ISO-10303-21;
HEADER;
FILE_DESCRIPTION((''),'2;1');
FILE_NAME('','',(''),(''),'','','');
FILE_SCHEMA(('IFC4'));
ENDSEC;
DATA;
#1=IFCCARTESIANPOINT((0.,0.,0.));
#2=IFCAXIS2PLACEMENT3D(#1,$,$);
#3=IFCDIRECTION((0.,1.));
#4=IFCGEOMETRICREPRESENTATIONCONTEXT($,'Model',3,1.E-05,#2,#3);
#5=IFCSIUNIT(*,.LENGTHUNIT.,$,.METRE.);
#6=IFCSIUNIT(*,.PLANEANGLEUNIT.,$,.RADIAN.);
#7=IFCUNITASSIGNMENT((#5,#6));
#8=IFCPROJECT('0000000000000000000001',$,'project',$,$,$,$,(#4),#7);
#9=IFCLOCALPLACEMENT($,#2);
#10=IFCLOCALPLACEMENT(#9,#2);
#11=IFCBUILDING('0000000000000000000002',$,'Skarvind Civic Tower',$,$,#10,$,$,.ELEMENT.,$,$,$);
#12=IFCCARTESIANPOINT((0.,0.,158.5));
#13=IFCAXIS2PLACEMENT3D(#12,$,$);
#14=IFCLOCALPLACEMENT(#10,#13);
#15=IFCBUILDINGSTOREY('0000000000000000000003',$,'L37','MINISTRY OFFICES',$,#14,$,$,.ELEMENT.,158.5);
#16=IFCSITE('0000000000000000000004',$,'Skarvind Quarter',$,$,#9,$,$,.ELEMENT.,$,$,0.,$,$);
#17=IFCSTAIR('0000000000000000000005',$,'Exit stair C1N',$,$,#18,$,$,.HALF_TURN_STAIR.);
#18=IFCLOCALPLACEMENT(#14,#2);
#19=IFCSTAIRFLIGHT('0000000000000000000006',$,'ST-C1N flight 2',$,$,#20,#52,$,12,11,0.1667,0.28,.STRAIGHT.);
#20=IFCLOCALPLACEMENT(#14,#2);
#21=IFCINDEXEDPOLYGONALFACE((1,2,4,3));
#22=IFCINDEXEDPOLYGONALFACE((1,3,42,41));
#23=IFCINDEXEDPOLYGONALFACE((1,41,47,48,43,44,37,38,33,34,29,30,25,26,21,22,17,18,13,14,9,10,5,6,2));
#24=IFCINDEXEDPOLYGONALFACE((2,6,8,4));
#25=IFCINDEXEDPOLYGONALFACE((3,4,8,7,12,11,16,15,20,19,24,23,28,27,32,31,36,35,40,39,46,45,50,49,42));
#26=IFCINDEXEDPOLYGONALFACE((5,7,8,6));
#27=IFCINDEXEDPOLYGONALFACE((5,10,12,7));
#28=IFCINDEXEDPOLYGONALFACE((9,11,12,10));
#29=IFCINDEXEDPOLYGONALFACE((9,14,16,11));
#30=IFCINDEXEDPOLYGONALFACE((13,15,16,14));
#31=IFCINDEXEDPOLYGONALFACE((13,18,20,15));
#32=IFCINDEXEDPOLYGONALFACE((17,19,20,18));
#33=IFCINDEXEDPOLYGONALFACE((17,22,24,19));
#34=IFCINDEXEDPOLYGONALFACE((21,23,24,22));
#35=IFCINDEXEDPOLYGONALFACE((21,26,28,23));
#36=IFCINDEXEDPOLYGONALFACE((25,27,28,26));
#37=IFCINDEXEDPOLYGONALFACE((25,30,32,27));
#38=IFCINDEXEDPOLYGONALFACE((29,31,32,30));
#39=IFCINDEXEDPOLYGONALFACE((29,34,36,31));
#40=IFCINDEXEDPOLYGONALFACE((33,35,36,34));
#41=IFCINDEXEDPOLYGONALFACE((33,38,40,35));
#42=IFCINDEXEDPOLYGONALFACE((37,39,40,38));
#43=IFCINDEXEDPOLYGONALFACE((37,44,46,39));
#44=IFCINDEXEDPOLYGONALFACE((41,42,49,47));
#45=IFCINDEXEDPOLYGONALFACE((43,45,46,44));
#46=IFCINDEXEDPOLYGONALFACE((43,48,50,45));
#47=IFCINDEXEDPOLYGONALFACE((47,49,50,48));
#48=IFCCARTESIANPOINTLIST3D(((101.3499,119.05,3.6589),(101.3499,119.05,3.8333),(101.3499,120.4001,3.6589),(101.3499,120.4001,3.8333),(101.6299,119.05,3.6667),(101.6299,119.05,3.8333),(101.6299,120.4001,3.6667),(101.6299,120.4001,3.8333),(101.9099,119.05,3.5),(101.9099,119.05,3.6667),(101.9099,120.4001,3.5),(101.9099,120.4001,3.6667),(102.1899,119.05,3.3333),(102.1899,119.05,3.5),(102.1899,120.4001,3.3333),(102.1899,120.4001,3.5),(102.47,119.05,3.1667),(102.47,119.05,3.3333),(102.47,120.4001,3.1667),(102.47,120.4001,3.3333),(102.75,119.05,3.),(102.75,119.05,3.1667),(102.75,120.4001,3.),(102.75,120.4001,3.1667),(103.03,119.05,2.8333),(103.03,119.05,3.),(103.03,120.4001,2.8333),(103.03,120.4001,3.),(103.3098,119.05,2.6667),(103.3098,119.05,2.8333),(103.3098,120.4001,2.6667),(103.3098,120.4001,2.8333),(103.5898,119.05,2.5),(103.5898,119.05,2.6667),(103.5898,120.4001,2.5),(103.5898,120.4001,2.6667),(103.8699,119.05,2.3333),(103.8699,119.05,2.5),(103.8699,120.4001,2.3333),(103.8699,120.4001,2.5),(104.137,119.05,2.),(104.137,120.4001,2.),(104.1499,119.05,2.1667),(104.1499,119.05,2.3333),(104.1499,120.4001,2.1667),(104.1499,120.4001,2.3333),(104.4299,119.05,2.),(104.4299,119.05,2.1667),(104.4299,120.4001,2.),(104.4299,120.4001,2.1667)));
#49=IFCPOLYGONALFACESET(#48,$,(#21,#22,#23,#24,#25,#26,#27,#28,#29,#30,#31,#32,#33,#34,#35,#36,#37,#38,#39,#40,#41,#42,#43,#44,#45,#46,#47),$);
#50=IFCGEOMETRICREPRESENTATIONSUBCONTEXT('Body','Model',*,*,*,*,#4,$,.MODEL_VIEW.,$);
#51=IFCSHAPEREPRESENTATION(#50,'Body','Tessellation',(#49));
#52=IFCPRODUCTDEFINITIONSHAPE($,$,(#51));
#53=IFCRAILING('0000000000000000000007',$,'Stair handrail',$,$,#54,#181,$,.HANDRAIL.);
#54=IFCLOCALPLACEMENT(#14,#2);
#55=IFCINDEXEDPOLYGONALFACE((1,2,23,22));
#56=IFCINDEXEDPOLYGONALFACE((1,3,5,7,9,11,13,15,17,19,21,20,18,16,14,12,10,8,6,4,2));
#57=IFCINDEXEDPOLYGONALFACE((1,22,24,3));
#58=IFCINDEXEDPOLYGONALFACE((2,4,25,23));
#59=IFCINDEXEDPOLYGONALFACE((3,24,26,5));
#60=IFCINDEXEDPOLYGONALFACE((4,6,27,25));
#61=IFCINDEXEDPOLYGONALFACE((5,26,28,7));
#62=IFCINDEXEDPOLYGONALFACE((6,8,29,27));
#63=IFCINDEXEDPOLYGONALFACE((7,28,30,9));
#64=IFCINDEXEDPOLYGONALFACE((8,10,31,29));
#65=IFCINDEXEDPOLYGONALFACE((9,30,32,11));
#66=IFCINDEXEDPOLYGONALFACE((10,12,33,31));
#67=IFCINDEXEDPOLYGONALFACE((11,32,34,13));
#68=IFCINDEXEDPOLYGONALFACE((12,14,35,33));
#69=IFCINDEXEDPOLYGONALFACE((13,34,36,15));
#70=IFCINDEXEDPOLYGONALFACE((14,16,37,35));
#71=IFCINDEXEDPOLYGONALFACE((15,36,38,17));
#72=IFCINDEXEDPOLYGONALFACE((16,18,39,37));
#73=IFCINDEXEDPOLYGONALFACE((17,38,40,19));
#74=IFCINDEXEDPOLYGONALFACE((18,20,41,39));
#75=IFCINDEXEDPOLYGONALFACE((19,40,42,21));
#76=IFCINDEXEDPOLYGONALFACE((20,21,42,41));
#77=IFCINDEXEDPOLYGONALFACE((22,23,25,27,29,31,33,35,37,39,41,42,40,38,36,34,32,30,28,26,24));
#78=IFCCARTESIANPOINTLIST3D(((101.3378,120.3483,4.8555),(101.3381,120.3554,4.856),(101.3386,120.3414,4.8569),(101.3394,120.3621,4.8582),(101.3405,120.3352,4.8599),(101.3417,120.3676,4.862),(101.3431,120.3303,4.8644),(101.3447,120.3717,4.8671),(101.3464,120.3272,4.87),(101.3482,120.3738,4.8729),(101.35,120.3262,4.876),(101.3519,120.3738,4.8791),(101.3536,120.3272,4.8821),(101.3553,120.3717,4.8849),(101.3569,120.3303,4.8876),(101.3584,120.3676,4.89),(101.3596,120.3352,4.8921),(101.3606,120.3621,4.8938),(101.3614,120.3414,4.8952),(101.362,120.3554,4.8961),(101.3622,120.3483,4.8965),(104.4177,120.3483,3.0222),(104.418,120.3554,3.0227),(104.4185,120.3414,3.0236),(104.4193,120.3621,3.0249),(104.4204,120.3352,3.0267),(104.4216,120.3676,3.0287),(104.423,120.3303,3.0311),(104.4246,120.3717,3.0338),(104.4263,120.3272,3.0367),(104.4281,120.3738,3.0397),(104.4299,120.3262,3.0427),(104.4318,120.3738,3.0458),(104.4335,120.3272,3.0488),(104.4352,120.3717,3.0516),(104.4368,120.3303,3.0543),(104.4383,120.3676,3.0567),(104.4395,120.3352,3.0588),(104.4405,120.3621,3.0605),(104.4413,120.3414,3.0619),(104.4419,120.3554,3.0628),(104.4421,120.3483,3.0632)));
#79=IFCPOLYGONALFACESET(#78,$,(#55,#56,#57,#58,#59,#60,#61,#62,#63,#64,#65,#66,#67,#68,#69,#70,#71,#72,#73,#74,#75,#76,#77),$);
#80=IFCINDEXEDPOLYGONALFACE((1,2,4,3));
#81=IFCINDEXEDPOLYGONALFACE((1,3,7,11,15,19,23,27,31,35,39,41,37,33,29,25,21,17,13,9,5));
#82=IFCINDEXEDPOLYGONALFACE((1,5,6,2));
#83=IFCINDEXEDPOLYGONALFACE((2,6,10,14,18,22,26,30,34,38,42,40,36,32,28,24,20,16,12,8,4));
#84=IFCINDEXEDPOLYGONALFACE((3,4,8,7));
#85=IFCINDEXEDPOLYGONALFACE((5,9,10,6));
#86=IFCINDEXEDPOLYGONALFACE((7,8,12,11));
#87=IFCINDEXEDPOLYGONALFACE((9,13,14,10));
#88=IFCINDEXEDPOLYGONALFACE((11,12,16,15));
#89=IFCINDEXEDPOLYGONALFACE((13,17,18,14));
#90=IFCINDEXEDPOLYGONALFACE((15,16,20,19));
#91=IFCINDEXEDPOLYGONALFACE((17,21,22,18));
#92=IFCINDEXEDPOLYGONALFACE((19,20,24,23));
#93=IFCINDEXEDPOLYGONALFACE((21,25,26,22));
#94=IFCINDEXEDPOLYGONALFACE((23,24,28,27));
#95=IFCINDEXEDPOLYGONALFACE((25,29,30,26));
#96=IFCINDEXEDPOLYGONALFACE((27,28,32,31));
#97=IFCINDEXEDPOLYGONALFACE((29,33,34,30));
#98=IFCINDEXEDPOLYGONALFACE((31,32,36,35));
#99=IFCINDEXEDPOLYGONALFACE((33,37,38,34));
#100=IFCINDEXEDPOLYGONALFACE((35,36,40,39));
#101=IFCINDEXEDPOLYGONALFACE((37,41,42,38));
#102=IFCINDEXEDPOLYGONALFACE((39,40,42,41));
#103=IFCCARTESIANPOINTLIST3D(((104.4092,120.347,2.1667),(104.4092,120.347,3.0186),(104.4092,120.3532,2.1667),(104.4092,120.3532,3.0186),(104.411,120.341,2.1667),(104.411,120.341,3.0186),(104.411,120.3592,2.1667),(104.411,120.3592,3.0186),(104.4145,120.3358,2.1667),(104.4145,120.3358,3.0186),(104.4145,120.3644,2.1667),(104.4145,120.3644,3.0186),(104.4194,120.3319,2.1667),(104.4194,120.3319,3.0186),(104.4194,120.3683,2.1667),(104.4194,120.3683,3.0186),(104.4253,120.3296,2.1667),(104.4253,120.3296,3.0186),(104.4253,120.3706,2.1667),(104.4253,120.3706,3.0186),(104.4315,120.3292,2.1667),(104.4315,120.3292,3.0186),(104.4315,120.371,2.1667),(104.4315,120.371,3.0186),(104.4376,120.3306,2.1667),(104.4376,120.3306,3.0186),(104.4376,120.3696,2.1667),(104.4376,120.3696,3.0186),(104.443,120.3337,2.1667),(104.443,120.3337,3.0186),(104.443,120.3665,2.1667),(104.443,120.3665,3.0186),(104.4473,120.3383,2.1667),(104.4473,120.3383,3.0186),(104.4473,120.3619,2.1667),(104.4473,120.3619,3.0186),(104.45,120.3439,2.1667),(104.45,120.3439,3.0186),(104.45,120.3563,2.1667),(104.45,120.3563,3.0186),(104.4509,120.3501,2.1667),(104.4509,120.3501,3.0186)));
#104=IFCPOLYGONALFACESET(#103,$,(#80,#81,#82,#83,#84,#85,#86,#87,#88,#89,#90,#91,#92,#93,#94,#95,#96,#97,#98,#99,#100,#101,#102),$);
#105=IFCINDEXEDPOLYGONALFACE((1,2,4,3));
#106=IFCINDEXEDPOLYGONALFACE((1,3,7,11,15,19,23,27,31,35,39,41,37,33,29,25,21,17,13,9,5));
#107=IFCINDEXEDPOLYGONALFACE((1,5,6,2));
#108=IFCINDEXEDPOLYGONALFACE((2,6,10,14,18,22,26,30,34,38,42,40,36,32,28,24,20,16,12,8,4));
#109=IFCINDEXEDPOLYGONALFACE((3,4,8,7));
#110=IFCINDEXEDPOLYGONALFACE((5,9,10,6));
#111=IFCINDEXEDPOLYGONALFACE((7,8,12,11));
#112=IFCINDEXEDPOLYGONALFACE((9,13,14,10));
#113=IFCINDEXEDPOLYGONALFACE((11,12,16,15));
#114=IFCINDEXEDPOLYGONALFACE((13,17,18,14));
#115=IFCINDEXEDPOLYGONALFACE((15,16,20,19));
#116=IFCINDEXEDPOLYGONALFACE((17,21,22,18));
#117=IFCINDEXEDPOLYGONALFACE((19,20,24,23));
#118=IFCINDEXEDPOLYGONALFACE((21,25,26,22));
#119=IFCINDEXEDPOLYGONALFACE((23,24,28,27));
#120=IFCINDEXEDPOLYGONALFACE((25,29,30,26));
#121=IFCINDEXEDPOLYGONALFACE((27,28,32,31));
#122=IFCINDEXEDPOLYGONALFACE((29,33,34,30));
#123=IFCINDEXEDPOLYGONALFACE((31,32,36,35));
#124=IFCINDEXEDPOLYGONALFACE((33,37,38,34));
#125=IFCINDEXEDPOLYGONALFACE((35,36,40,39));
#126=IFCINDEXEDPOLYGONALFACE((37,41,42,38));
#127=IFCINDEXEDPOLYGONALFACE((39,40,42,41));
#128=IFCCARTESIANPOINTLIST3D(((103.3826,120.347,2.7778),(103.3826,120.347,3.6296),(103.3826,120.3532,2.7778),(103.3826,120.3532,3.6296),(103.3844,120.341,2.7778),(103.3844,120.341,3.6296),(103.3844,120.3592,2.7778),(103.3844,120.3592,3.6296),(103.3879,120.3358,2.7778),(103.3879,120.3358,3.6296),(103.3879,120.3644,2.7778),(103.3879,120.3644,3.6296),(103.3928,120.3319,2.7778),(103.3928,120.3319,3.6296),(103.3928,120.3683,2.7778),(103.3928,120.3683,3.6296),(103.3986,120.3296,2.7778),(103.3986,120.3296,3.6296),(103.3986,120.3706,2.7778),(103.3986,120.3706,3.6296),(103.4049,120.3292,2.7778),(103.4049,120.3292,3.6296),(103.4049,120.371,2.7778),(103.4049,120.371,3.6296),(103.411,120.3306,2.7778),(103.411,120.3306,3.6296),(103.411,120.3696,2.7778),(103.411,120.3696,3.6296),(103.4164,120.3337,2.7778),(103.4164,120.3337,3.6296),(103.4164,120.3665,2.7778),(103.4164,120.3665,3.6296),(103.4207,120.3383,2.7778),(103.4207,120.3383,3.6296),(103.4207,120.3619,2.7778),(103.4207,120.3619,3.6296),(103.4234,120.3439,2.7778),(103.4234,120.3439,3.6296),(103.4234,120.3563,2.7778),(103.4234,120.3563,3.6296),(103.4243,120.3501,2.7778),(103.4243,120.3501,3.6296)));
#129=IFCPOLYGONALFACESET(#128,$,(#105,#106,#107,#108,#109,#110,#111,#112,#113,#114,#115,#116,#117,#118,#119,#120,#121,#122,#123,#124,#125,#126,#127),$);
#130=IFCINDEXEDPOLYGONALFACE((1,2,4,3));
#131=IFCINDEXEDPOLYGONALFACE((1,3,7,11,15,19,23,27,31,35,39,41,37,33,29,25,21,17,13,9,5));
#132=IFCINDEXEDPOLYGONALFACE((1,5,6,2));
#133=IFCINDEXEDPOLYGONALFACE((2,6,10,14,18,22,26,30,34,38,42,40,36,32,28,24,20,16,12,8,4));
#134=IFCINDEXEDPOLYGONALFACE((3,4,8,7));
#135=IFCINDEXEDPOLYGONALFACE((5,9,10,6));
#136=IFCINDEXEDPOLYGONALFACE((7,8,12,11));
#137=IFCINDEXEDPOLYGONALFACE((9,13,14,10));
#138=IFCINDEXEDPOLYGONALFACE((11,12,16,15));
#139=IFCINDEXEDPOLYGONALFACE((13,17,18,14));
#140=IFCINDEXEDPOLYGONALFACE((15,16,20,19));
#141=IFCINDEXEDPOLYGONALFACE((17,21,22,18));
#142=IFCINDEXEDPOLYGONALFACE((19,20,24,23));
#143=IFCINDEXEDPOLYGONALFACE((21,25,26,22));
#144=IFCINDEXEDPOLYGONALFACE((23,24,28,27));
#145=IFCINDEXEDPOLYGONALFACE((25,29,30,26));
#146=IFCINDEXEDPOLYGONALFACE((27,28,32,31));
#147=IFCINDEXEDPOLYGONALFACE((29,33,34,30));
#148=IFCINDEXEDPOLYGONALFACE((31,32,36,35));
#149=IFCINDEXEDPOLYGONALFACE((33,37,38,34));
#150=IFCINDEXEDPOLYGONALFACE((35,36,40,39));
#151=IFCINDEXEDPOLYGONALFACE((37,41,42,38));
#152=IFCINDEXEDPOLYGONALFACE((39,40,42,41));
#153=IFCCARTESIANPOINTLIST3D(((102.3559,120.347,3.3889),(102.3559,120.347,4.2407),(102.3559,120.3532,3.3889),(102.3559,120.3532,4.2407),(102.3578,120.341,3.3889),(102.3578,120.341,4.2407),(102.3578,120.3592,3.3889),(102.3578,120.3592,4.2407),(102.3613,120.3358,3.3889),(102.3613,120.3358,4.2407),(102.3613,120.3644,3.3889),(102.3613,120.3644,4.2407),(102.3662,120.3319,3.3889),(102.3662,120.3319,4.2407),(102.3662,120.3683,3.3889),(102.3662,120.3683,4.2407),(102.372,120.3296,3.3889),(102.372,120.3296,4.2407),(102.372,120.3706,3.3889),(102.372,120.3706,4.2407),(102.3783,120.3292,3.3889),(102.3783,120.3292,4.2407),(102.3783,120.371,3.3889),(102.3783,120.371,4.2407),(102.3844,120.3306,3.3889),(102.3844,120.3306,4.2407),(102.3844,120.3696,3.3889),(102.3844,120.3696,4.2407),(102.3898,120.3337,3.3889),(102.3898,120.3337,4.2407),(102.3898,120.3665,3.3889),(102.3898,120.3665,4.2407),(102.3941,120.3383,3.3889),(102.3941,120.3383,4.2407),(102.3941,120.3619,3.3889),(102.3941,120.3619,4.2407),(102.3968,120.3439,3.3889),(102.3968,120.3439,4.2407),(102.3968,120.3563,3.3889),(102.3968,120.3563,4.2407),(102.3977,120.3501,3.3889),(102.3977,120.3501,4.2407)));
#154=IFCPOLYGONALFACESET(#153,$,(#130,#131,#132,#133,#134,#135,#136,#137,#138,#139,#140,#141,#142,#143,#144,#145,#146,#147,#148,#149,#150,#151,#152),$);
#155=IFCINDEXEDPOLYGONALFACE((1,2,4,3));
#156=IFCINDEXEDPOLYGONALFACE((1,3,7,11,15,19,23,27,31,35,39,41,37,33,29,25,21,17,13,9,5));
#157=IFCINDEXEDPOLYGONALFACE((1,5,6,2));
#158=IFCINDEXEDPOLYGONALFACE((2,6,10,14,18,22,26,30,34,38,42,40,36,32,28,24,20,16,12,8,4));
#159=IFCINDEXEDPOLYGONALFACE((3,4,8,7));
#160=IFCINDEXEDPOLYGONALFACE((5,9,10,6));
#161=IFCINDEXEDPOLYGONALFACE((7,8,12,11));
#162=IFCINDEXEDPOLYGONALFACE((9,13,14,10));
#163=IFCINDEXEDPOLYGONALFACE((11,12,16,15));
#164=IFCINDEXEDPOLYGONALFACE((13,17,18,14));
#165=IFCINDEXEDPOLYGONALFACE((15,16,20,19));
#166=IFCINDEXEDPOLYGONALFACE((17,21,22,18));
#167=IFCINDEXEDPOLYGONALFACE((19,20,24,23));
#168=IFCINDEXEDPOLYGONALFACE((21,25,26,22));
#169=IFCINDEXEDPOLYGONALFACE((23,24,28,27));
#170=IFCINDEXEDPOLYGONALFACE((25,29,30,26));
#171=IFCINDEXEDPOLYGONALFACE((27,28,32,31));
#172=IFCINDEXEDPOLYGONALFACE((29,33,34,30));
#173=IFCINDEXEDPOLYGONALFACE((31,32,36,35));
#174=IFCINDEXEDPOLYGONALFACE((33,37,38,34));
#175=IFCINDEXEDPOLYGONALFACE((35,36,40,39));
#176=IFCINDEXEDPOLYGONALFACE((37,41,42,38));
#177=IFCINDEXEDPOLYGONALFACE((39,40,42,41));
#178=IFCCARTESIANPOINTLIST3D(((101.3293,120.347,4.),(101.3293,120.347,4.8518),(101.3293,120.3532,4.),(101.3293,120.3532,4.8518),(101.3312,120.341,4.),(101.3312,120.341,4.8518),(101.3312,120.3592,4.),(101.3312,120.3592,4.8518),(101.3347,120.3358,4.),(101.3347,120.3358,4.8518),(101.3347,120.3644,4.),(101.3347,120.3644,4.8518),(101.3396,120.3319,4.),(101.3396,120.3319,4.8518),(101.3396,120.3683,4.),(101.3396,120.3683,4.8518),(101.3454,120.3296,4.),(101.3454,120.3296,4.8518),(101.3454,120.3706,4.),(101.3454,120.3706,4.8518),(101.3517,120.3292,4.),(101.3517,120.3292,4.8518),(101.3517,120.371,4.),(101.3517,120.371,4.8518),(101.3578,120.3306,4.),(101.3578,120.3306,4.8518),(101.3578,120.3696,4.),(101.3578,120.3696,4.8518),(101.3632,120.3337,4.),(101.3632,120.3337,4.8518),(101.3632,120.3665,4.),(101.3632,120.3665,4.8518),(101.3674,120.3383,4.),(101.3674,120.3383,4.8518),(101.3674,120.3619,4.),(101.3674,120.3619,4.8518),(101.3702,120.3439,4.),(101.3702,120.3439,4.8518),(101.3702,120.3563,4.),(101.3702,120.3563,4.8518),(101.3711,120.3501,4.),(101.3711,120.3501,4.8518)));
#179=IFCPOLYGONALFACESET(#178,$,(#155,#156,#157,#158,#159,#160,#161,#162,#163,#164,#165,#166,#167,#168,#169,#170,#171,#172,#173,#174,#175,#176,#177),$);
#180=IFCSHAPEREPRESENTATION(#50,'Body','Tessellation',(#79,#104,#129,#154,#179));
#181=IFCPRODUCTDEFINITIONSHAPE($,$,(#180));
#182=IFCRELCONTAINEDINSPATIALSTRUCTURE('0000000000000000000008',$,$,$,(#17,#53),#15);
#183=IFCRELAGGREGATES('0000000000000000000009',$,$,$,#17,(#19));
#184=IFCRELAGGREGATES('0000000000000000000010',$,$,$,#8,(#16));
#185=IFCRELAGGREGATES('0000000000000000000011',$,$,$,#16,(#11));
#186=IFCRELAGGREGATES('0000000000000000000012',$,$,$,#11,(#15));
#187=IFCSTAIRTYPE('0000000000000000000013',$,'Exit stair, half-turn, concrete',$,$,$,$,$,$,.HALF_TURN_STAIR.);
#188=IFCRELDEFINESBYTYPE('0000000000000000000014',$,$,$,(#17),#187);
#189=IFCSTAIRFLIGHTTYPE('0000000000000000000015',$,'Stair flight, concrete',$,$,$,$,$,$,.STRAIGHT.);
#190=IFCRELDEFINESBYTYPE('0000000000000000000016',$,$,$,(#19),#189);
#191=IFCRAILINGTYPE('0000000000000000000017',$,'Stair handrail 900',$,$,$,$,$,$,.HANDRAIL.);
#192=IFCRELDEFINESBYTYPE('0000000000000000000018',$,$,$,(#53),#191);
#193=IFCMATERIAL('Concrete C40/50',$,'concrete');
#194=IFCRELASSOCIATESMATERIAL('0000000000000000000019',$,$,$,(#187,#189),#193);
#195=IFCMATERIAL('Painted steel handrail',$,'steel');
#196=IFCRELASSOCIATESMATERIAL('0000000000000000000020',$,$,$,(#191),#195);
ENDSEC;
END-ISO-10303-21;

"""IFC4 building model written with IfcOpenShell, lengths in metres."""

from ifc_helpers import new_model, si_unit, direction, frame, origin, origin_2d, place, context, subcontext, project, spatial, polyline, circle, outline, extrude, material, type_object, element, aggregate, save


model = new_model("IFC4")

# Units and contexts
model_context = context("Model", 3, precision=1e-05, world=origin(), true_north=direction((0.0, 1.0)))
body_context = subcontext(model_context, "Body", "Model", "MODEL_VIEW")
ifc_project = project(units=[si_unit("LENGTHUNIT", "METRE"), si_unit("PLANEANGLEUNIT", "RADIAN")], contexts=[model_context])

# Site, building, storey
site_placement = place(None, origin())
site = spatial("IfcSite", under=ifc_project, at=site_placement, Name="Skarvind Quarter", CompositionType="ELEMENT", RefElevation=0.0)
building_placement = place(site_placement, origin())
building = spatial("IfcBuilding", under=site, at=building_placement, Name="Skarvind Civic Tower", CompositionType="ELEMENT")
storey_placement = place(building_placement, frame((0.0, 0.0, 158.5)))
storey = spatial("IfcBuildingStorey", under=building, at=storey_placement, Name="L37", Description="MINISTRY OFFICES", CompositionType="ELEMENT", Elevation=158.5)

# Stair, stair flight
ifc_material_1 = material(Name="Concrete C40/50", Category="concrete")
stair_type = type_object("IfcStairType", Name="Exit stair, half-turn, concrete", PredefinedType="HALF_TURN_STAIR", material=ifc_material_1)
stair_placement = place(storey_placement, origin())
stair = element("IfcStair", 1, at=stair_placement, inside=storey, type_object=stair_type, Name="Exit stair C1N", PredefinedType="HALF_TURN_STAIR")
stair_flight_type = type_object("IfcStairFlightType", Name="Stair flight, concrete", PredefinedType="STRAIGHT", material=ifc_material_1)
stair_flight_1_placement = place(storey_placement, frame((104.4299, 119.7251, 2.0), z_axis=(0.0, 0.0, 1.0), x_axis=(-1.0, 0.0, 0.0)))
stair_flight_1 = element("IfcStairFlight", 2, at=stair_flight_1_placement, type_object=stair_flight_type, Name="ST-C1N flight 2", NumberOfRisers=12, NumberOfTreads=11, PredefinedType="STRAIGHT", RiserHeight=0.1667, TreadLength=0.28, context=body_context, shape_type="SweptSolid", body=[
    extrude(outline(polyline([(0.0, 0.0), (0.0, 0.1667), (0.28, 0.1667), (0.28, 0.3333), (0.5601, 0.3333), (0.5601, 0.5), (0.8401, 0.5), (0.8401, 0.6667), (1.1201, 0.6667), (1.1201, 0.8333), (1.3999, 0.8333), (1.3999, 1.0), (1.6799, 1.0), (1.6799, 1.1667), (1.96, 1.1667), (1.96, 1.3333), (2.24, 1.3333), (2.24, 1.5), (2.52, 1.5), (2.52, 1.6667), (2.8, 1.6667), (2.8, 1.8333), (3.0801, 1.8333), (3.0801, 2.0), (3.0801, 1.6589), (0.293, 0.0), (0.0, 0.0)])), frame((0.0, 0.675, 0.0), z_axis=(0.0, -1.0, 0.0), x_axis=(1.0, 0.0, 0.0)), (0.0, 0.0, 1.0), 1.3501),
])
aggregate(stair, [stair_flight_1])

# Railing
ifc_material_2 = material(Name="Painted steel handrail", Category="steel")
railing_type = type_object("IfcRailingType", Name="Stair handrail 900", PredefinedType="HANDRAIL", material=ifc_material_2)
railing_placement = place(storey_placement, frame((104.4299, 120.3501, 2.1667)))
element("IfcRailing", 3, at=railing_placement, inside=storey, type_object=railing_type, Name="Stair handrail", PredefinedType="HANDRAIL", context=body_context, shape_type="SweptSolid", body=[
    extrude(circle(Radius=0.0239, at=origin_2d()), frame((0.0, 0.0, 0.876), z_axis=(-0.859291, 0.0, 0.511487), x_axis=(0.0, -1.0, 0.0)), (0.0, 0.0, 1.0), 3.5842),
    extrude(circle(Radius=0.021, at=origin_2d()), origin(), (0.0, 0.0, 1.0), 0.8518),
    extrude(circle(Radius=0.021, at=origin_2d()), frame((-1.0266, 0.0, 0.6111)), (0.0, 0.0, 1.0), 0.8518),
    extrude(circle(Radius=0.021, at=origin_2d()), frame((-2.0532, 0.0, 1.2222)), (0.0, 0.0, 1.0), 0.8518),
    extrude(circle(Radius=0.021, at=origin_2d()), frame((-3.0798, 0.0, 1.8333)), (0.0, 0.0, 1.0), 0.8518),
])

save(model, "model.ifc")
